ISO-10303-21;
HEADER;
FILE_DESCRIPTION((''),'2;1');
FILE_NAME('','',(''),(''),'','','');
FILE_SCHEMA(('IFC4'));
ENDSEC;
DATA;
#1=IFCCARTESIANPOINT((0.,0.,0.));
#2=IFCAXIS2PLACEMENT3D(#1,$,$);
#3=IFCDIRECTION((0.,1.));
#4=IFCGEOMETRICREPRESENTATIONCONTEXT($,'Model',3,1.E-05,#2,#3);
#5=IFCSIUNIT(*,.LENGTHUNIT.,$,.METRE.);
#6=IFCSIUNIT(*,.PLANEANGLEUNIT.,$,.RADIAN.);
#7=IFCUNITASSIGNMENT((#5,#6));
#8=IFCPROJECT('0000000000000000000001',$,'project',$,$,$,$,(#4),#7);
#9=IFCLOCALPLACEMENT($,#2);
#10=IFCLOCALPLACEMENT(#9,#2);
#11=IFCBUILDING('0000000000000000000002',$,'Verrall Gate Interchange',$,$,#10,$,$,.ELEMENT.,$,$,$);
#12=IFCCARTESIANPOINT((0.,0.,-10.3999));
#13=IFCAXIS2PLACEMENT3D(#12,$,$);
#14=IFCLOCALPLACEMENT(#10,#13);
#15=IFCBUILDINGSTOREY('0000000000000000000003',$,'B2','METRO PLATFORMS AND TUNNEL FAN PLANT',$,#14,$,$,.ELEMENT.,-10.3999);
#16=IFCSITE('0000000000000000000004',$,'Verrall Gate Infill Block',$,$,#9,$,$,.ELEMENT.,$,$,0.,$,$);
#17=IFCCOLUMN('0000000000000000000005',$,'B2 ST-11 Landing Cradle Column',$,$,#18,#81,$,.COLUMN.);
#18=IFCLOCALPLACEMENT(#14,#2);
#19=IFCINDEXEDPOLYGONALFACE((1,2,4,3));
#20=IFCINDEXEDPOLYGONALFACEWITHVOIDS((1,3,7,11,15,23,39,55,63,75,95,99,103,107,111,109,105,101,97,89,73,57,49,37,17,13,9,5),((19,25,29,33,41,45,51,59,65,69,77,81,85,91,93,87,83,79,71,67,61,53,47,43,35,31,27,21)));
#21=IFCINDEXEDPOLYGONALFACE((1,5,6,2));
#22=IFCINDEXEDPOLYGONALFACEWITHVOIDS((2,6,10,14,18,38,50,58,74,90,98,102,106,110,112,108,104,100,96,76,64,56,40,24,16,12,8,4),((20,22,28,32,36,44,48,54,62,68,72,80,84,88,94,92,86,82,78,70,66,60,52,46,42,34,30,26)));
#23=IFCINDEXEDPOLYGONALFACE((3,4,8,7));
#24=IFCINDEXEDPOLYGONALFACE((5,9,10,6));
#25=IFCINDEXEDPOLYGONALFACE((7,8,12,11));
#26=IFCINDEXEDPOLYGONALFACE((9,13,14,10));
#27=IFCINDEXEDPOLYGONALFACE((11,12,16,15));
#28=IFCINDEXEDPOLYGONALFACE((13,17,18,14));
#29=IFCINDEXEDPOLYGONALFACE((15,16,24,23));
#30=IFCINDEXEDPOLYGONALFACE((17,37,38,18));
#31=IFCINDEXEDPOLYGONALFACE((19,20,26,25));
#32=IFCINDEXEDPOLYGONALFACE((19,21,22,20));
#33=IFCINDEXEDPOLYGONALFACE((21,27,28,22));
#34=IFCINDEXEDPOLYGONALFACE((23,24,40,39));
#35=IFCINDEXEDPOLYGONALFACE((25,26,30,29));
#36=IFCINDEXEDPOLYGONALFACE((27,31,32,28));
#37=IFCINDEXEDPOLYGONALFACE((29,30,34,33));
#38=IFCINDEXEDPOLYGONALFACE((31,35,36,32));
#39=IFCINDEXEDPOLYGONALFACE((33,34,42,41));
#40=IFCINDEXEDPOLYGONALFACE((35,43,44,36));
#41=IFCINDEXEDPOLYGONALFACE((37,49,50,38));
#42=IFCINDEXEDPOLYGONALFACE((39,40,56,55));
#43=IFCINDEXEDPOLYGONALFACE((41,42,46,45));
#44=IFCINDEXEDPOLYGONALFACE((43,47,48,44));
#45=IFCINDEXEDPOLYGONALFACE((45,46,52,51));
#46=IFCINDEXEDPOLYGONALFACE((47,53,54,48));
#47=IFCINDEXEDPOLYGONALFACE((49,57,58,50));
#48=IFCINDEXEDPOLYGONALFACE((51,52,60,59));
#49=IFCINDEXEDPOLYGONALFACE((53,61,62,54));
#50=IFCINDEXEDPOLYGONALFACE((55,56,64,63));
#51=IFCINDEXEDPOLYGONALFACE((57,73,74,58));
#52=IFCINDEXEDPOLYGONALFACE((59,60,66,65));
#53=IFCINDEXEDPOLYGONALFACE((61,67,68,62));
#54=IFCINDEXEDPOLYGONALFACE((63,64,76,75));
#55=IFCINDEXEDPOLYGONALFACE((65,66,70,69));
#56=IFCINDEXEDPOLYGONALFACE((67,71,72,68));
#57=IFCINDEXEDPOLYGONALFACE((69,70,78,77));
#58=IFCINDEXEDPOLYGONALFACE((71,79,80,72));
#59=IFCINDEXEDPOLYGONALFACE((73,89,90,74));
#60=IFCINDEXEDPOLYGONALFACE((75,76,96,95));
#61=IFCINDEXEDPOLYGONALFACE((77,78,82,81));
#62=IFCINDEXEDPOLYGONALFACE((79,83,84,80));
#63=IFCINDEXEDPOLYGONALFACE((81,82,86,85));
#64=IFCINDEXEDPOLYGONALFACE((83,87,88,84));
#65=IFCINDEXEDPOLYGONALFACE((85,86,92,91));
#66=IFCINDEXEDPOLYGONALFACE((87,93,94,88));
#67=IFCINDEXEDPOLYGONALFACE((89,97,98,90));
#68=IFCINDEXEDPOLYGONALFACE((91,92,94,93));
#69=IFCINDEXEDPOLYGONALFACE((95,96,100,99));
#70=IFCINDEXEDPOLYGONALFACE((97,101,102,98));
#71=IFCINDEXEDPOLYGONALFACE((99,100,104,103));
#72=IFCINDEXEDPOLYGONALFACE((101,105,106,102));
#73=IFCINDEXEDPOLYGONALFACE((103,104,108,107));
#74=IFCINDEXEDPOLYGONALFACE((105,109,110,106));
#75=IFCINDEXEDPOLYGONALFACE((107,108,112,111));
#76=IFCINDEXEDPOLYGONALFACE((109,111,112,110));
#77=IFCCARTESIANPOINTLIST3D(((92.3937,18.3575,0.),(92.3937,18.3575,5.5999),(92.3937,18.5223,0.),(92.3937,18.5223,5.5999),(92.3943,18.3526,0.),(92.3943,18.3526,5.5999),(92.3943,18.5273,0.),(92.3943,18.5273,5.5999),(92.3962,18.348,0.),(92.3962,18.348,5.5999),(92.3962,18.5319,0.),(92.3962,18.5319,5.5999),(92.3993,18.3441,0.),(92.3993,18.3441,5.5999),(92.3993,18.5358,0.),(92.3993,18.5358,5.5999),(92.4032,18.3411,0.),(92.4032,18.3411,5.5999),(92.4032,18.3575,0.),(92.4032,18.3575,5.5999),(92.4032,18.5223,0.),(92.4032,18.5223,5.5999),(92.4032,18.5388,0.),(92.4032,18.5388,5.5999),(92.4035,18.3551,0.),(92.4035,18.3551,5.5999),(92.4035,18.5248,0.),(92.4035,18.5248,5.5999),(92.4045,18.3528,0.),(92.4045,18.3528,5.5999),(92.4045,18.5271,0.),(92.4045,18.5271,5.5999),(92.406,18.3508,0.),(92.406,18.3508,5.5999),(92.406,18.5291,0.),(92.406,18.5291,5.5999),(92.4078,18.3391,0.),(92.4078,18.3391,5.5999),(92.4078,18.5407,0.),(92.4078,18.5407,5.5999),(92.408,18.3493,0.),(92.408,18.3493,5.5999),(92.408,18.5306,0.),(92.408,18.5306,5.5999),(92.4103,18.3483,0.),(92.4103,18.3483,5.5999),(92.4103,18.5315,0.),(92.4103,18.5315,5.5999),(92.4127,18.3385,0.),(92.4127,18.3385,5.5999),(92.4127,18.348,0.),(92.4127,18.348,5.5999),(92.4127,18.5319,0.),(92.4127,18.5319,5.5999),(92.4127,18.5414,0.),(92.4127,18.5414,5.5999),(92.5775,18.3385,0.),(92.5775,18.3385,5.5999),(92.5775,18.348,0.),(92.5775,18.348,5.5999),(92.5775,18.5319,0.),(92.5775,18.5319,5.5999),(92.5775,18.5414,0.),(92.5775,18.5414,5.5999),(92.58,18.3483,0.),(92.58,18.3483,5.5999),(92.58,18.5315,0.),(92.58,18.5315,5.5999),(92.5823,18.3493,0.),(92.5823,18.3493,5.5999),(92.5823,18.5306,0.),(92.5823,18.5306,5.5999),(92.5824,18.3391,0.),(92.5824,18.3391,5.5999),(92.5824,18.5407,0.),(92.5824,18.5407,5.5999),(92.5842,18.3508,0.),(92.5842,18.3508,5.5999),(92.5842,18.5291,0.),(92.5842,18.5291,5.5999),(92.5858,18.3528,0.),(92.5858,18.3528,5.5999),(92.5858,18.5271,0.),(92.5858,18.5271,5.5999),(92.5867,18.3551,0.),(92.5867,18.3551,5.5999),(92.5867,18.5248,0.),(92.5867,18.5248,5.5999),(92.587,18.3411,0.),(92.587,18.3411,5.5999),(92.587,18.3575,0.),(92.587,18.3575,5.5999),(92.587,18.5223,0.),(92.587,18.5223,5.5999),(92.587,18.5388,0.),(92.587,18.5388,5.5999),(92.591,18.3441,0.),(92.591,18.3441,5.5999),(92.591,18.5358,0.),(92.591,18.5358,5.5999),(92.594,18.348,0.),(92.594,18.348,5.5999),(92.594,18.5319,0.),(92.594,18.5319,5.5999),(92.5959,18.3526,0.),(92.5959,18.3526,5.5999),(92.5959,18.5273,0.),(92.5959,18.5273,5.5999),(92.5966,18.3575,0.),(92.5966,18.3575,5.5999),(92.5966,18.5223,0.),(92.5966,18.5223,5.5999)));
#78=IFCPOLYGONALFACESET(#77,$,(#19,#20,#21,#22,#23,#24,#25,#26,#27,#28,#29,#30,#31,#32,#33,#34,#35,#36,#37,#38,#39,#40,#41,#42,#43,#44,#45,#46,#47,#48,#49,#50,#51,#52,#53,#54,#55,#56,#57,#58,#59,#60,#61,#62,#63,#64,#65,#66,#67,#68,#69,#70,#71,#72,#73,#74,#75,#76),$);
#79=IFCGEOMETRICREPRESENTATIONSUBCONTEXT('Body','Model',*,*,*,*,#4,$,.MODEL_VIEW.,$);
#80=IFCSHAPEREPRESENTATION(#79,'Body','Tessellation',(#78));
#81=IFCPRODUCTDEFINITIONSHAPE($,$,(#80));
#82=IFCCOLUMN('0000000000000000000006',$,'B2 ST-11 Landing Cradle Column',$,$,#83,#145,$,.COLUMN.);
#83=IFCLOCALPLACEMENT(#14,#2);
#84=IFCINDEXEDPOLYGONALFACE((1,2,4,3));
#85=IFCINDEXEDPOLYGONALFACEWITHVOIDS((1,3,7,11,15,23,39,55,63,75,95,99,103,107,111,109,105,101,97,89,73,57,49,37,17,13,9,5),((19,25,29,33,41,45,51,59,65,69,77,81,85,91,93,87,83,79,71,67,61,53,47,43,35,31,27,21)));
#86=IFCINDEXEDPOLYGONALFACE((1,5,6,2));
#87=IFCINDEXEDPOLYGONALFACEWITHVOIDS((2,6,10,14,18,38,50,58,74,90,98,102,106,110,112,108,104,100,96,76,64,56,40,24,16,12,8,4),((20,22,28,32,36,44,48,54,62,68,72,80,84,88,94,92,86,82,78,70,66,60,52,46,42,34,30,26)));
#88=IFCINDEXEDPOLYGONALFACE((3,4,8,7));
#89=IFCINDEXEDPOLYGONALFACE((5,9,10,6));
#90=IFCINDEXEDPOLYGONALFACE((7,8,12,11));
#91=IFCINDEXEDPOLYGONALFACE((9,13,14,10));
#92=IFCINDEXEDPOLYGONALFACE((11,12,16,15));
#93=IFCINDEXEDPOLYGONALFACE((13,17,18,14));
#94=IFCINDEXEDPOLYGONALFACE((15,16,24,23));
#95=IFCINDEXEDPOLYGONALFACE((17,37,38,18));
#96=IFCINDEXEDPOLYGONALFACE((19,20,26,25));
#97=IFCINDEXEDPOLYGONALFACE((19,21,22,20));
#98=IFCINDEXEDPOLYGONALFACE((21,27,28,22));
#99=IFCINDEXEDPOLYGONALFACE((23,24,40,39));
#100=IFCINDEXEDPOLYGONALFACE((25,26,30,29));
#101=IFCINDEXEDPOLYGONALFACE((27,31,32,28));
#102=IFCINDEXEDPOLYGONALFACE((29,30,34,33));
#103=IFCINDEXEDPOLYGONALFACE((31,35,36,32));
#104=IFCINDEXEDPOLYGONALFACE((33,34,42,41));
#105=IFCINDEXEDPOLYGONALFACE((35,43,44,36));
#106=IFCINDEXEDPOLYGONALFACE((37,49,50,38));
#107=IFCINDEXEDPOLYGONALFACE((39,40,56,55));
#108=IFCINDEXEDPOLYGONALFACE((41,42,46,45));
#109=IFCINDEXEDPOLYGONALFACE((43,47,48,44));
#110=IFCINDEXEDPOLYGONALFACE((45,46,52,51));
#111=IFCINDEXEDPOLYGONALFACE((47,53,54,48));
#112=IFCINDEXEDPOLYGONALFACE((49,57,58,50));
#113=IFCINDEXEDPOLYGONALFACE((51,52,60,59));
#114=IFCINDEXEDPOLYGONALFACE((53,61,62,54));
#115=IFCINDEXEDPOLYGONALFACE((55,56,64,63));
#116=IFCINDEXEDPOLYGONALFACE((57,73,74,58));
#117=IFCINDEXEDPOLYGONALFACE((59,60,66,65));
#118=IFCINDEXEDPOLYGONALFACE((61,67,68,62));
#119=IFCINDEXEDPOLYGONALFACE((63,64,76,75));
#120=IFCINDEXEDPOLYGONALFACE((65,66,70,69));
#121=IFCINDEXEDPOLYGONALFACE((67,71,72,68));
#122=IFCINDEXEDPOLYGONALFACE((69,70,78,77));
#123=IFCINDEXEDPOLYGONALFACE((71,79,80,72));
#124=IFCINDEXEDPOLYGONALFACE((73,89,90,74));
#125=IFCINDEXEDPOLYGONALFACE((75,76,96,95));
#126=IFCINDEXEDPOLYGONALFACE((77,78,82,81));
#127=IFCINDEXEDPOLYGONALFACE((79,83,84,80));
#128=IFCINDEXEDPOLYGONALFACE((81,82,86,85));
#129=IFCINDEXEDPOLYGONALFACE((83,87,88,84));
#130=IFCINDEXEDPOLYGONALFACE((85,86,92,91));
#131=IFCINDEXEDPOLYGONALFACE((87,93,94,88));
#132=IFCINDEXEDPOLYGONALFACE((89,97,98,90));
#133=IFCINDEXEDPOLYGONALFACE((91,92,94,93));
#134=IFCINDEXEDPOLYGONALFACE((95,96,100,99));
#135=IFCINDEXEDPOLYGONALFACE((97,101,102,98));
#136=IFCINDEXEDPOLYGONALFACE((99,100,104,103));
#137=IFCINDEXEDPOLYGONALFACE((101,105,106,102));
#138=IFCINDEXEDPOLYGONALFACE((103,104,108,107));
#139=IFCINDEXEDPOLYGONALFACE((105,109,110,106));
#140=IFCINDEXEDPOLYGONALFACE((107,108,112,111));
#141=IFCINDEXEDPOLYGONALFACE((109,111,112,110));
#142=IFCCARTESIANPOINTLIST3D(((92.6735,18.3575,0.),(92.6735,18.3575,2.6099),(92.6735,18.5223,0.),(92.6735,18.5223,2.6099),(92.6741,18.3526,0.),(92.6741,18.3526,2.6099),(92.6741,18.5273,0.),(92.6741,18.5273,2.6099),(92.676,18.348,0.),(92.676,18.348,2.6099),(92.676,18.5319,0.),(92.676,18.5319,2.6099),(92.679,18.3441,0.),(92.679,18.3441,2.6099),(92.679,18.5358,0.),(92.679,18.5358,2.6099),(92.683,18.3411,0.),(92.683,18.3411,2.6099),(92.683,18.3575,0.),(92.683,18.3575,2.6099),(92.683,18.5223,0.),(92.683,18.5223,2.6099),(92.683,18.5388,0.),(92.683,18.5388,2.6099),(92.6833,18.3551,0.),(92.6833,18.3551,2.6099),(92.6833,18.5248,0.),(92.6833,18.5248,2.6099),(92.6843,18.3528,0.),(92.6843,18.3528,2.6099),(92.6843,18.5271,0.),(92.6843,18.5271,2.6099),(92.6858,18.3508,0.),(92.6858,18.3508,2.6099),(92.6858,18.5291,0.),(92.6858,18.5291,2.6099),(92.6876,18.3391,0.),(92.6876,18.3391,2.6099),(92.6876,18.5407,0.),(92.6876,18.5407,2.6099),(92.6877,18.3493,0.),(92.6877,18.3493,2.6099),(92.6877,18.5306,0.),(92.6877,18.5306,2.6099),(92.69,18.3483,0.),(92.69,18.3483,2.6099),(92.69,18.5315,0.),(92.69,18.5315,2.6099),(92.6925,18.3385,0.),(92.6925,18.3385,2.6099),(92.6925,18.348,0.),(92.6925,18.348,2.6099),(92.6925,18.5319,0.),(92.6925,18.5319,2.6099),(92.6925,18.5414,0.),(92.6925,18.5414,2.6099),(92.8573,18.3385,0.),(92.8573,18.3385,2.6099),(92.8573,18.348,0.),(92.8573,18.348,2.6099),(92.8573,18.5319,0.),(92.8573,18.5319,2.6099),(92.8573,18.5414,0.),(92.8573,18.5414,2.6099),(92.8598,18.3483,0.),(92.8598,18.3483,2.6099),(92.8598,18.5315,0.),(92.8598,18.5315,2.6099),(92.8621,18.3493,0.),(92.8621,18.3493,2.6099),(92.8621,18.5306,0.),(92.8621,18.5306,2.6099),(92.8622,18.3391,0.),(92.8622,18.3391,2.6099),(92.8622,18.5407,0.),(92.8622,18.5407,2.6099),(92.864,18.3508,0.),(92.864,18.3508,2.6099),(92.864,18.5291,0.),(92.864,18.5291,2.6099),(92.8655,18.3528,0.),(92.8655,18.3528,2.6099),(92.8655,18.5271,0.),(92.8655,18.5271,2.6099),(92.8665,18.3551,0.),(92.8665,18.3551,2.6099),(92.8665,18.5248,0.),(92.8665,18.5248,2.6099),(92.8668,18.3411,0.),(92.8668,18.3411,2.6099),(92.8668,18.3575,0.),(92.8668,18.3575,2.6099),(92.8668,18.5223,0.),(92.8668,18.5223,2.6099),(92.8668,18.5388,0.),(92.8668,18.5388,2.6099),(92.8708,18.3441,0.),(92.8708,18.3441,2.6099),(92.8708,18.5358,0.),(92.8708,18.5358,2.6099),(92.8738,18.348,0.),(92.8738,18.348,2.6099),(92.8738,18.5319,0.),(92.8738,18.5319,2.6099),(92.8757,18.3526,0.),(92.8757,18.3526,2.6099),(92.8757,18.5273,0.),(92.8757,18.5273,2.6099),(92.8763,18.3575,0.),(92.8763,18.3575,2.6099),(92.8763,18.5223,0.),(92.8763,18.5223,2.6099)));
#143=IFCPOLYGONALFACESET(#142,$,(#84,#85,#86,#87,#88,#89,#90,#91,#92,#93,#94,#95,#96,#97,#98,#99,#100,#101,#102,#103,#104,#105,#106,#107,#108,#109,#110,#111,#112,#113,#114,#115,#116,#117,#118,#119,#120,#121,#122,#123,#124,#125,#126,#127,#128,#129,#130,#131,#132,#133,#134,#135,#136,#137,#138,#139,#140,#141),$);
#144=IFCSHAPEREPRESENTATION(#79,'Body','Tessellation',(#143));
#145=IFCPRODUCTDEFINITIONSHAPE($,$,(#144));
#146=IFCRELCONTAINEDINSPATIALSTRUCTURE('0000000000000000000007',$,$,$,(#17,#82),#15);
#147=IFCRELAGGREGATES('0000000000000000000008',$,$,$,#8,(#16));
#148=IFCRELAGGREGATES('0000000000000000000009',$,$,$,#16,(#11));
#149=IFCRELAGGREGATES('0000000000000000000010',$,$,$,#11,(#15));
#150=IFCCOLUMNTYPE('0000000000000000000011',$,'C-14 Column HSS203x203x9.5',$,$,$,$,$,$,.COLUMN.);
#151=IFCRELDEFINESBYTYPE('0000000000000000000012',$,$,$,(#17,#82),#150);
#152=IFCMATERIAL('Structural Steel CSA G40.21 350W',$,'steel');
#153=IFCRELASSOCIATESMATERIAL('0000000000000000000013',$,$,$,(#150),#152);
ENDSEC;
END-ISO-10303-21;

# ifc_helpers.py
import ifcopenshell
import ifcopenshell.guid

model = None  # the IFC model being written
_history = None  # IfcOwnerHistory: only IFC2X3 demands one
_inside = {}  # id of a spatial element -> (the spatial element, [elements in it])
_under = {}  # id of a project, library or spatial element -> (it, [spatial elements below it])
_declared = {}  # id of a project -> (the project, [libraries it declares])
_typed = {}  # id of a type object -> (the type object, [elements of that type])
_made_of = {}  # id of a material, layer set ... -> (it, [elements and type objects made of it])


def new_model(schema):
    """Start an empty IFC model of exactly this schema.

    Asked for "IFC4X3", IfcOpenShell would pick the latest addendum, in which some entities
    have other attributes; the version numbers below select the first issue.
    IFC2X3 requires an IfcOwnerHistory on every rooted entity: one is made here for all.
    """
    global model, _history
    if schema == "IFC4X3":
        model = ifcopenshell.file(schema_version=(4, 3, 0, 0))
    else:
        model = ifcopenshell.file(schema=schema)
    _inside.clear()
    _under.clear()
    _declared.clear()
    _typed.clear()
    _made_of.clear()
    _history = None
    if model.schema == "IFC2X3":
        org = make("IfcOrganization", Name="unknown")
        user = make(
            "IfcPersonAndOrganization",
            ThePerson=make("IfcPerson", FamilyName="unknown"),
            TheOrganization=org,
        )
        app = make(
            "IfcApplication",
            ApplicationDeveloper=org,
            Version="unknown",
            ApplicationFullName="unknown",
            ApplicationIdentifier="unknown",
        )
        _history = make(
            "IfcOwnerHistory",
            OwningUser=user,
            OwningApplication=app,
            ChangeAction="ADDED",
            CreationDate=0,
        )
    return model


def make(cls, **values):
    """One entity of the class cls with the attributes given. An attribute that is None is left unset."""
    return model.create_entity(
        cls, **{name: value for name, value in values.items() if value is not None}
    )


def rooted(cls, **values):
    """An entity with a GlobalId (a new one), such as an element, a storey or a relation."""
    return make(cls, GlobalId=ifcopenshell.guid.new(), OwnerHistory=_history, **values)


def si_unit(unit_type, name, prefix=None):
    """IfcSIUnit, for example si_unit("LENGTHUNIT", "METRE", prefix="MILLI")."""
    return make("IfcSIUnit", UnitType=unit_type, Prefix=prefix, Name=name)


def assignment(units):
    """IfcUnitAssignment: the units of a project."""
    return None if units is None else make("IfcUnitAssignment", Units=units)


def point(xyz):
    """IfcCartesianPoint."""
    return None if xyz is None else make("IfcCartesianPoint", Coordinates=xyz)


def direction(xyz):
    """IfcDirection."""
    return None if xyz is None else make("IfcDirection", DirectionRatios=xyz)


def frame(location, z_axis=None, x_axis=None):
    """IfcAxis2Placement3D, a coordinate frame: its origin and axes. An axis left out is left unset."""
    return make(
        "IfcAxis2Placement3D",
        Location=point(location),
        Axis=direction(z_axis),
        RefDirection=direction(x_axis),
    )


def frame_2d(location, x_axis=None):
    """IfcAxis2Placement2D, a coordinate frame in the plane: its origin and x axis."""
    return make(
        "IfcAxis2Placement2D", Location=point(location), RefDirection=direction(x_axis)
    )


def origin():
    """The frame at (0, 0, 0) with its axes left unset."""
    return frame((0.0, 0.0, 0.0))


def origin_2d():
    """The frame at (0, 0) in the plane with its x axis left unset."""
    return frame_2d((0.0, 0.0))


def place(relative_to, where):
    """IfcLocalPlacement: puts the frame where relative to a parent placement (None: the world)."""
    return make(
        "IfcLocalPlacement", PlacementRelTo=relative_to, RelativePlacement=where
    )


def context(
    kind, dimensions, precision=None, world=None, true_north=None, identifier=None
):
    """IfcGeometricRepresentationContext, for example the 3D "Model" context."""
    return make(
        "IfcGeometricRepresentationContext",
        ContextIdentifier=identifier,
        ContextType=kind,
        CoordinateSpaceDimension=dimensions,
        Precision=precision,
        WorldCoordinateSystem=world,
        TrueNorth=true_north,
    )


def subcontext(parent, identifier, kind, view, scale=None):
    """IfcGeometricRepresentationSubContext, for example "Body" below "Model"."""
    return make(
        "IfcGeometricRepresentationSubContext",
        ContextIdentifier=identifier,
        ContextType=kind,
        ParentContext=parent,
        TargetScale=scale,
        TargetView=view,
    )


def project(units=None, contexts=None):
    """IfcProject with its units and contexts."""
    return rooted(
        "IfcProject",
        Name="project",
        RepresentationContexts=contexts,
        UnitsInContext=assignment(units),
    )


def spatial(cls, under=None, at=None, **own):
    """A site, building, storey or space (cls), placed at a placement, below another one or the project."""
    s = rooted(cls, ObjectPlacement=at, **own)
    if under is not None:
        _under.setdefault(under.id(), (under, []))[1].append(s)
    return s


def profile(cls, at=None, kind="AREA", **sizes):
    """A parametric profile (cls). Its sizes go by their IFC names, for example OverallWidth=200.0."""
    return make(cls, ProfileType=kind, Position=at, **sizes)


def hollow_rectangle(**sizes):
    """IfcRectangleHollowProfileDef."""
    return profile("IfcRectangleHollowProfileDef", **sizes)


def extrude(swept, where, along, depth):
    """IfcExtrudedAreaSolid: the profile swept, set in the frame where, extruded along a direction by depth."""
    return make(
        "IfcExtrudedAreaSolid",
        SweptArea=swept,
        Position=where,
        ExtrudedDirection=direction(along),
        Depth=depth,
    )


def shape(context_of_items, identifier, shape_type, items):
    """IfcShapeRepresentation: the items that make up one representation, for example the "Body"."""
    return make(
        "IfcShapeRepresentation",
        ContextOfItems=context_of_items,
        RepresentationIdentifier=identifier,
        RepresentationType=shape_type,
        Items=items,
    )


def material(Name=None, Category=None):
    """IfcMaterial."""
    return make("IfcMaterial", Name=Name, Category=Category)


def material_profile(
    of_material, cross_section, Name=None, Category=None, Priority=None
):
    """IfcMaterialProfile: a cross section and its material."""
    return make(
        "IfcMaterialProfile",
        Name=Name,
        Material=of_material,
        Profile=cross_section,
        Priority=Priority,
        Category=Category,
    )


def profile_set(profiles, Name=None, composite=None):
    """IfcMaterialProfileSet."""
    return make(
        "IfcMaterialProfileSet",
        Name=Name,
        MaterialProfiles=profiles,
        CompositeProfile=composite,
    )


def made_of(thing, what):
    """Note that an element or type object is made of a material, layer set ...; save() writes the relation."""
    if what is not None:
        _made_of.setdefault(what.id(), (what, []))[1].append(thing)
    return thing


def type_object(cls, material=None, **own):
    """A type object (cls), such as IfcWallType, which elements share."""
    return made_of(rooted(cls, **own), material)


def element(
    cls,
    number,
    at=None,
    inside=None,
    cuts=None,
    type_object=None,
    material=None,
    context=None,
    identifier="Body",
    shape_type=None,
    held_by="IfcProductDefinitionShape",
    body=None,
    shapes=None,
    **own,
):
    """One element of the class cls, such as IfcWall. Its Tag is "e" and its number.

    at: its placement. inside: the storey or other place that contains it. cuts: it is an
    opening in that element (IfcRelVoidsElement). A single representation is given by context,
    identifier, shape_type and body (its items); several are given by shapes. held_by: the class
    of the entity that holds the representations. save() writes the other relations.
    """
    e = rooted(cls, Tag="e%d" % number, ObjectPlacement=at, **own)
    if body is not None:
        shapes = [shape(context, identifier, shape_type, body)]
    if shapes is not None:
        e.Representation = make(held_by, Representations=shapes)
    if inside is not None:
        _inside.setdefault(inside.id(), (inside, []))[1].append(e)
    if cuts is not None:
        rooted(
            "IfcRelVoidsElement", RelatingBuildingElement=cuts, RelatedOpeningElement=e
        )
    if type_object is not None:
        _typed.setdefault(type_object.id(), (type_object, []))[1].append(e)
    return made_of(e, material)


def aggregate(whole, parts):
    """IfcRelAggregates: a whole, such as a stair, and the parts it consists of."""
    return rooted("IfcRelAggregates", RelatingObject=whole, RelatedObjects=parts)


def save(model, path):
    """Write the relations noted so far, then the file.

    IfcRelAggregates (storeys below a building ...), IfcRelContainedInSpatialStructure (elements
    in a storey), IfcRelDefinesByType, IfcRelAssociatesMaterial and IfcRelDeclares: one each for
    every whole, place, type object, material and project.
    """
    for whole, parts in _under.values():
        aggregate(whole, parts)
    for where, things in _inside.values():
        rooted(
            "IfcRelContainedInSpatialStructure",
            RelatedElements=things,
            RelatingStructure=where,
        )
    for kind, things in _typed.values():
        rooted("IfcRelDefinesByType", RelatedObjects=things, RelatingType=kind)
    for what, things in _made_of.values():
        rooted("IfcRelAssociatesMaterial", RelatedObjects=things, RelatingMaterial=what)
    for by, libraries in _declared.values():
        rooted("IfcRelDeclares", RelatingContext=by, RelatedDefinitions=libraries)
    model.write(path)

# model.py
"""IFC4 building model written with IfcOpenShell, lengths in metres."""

from ifc_helpers import new_model, si_unit, direction, frame, origin, origin_2d, place, context, subcontext, project, spatial, hollow_rectangle, extrude, material, material_profile, profile_set, type_object, element, save


model = new_model("IFC4")

# Units and contexts
model_context = context("Model", 3, precision=1e-05, world=origin(), true_north=direction((0.0, 1.0)))
body_context = subcontext(model_context, "Body", "Model", "MODEL_VIEW")
ifc_project = project(units=[si_unit("LENGTHUNIT", "METRE"), si_unit("PLANEANGLEUNIT", "RADIAN")], contexts=[model_context])

# Site, building, storey
site_placement = place(None, origin())
site = spatial("IfcSite", under=ifc_project, at=site_placement, Name="Verrall Gate Infill Block", CompositionType="ELEMENT", RefElevation=0.0)
building_placement = place(site_placement, origin())
building = spatial("IfcBuilding", under=site, at=building_placement, Name="Verrall Gate Interchange", CompositionType="ELEMENT")
storey_placement = place(building_placement, frame((0.0, 0.0, -10.3999)))
storey = spatial("IfcBuildingStorey", under=building, at=storey_placement, Name="B2", Description="METRO PLATFORMS AND TUNNEL FAN PLANT", CompositionType="ELEMENT", Elevation=-10.3999)

# Columns
ifc_material_1 = material(Name="Structural Steel CSA G40.21 350W", Category="steel")
ifc_material_profile_1 = material_profile(ifc_material_1, hollow_rectangle(XDim=0.2029, YDim=0.2029, WallThickness=0.0095, InnerFilletRadius=0.0095, OuterFilletRadius=0.019, at=origin_2d()), Name="HSS203x203x9.5")
ifc_profile_set_1 = profile_set([ifc_material_profile_1], Name="Structural Steel CSA G40.21 350W")
column_type_1 = type_object("IfcColumnType", Name="C-14 Column HSS203x203x9.5", PredefinedType="COLUMN", material=ifc_profile_set_1)
column_1_placement = place(storey_placement, frame((92.4951, 18.4399, 0.0), z_axis=(0.0, 0.0, 1.0), x_axis=(1.0, 0.0, 0.0)))
element("IfcColumn", 1, at=column_1_placement, inside=storey, type_object=column_type_1, Name="B2 ST-11 Landing Cradle Column", PredefinedType="COLUMN", context=body_context, shape_type="SweptSolid", body=[
    extrude(hollow_rectangle(XDim=0.2029, YDim=0.2029, WallThickness=0.0095, InnerFilletRadius=0.0095, OuterFilletRadius=0.019, at=origin_2d()), origin(), (0.0, 0.0, 1.0), 5.5999),
])
column_2_placement = place(storey_placement, frame((92.7749, 18.4399, 0.0), z_axis=(0.0, 0.0, 1.0), x_axis=(1.0, 0.0, 0.0)))
element("IfcColumn", 2, at=column_2_placement, inside=storey, type_object=column_type_1, Name="B2 ST-11 Landing Cradle Column", PredefinedType="COLUMN", context=body_context, shape_type="SweptSolid", body=[
    extrude(hollow_rectangle(XDim=0.2029, YDim=0.2029, WallThickness=0.0095, InnerFilletRadius=0.0095, OuterFilletRadius=0.019, at=origin_2d()), origin(), (0.0, 0.0, 1.0), 2.6099),
])

save(model, "model.ifc")
